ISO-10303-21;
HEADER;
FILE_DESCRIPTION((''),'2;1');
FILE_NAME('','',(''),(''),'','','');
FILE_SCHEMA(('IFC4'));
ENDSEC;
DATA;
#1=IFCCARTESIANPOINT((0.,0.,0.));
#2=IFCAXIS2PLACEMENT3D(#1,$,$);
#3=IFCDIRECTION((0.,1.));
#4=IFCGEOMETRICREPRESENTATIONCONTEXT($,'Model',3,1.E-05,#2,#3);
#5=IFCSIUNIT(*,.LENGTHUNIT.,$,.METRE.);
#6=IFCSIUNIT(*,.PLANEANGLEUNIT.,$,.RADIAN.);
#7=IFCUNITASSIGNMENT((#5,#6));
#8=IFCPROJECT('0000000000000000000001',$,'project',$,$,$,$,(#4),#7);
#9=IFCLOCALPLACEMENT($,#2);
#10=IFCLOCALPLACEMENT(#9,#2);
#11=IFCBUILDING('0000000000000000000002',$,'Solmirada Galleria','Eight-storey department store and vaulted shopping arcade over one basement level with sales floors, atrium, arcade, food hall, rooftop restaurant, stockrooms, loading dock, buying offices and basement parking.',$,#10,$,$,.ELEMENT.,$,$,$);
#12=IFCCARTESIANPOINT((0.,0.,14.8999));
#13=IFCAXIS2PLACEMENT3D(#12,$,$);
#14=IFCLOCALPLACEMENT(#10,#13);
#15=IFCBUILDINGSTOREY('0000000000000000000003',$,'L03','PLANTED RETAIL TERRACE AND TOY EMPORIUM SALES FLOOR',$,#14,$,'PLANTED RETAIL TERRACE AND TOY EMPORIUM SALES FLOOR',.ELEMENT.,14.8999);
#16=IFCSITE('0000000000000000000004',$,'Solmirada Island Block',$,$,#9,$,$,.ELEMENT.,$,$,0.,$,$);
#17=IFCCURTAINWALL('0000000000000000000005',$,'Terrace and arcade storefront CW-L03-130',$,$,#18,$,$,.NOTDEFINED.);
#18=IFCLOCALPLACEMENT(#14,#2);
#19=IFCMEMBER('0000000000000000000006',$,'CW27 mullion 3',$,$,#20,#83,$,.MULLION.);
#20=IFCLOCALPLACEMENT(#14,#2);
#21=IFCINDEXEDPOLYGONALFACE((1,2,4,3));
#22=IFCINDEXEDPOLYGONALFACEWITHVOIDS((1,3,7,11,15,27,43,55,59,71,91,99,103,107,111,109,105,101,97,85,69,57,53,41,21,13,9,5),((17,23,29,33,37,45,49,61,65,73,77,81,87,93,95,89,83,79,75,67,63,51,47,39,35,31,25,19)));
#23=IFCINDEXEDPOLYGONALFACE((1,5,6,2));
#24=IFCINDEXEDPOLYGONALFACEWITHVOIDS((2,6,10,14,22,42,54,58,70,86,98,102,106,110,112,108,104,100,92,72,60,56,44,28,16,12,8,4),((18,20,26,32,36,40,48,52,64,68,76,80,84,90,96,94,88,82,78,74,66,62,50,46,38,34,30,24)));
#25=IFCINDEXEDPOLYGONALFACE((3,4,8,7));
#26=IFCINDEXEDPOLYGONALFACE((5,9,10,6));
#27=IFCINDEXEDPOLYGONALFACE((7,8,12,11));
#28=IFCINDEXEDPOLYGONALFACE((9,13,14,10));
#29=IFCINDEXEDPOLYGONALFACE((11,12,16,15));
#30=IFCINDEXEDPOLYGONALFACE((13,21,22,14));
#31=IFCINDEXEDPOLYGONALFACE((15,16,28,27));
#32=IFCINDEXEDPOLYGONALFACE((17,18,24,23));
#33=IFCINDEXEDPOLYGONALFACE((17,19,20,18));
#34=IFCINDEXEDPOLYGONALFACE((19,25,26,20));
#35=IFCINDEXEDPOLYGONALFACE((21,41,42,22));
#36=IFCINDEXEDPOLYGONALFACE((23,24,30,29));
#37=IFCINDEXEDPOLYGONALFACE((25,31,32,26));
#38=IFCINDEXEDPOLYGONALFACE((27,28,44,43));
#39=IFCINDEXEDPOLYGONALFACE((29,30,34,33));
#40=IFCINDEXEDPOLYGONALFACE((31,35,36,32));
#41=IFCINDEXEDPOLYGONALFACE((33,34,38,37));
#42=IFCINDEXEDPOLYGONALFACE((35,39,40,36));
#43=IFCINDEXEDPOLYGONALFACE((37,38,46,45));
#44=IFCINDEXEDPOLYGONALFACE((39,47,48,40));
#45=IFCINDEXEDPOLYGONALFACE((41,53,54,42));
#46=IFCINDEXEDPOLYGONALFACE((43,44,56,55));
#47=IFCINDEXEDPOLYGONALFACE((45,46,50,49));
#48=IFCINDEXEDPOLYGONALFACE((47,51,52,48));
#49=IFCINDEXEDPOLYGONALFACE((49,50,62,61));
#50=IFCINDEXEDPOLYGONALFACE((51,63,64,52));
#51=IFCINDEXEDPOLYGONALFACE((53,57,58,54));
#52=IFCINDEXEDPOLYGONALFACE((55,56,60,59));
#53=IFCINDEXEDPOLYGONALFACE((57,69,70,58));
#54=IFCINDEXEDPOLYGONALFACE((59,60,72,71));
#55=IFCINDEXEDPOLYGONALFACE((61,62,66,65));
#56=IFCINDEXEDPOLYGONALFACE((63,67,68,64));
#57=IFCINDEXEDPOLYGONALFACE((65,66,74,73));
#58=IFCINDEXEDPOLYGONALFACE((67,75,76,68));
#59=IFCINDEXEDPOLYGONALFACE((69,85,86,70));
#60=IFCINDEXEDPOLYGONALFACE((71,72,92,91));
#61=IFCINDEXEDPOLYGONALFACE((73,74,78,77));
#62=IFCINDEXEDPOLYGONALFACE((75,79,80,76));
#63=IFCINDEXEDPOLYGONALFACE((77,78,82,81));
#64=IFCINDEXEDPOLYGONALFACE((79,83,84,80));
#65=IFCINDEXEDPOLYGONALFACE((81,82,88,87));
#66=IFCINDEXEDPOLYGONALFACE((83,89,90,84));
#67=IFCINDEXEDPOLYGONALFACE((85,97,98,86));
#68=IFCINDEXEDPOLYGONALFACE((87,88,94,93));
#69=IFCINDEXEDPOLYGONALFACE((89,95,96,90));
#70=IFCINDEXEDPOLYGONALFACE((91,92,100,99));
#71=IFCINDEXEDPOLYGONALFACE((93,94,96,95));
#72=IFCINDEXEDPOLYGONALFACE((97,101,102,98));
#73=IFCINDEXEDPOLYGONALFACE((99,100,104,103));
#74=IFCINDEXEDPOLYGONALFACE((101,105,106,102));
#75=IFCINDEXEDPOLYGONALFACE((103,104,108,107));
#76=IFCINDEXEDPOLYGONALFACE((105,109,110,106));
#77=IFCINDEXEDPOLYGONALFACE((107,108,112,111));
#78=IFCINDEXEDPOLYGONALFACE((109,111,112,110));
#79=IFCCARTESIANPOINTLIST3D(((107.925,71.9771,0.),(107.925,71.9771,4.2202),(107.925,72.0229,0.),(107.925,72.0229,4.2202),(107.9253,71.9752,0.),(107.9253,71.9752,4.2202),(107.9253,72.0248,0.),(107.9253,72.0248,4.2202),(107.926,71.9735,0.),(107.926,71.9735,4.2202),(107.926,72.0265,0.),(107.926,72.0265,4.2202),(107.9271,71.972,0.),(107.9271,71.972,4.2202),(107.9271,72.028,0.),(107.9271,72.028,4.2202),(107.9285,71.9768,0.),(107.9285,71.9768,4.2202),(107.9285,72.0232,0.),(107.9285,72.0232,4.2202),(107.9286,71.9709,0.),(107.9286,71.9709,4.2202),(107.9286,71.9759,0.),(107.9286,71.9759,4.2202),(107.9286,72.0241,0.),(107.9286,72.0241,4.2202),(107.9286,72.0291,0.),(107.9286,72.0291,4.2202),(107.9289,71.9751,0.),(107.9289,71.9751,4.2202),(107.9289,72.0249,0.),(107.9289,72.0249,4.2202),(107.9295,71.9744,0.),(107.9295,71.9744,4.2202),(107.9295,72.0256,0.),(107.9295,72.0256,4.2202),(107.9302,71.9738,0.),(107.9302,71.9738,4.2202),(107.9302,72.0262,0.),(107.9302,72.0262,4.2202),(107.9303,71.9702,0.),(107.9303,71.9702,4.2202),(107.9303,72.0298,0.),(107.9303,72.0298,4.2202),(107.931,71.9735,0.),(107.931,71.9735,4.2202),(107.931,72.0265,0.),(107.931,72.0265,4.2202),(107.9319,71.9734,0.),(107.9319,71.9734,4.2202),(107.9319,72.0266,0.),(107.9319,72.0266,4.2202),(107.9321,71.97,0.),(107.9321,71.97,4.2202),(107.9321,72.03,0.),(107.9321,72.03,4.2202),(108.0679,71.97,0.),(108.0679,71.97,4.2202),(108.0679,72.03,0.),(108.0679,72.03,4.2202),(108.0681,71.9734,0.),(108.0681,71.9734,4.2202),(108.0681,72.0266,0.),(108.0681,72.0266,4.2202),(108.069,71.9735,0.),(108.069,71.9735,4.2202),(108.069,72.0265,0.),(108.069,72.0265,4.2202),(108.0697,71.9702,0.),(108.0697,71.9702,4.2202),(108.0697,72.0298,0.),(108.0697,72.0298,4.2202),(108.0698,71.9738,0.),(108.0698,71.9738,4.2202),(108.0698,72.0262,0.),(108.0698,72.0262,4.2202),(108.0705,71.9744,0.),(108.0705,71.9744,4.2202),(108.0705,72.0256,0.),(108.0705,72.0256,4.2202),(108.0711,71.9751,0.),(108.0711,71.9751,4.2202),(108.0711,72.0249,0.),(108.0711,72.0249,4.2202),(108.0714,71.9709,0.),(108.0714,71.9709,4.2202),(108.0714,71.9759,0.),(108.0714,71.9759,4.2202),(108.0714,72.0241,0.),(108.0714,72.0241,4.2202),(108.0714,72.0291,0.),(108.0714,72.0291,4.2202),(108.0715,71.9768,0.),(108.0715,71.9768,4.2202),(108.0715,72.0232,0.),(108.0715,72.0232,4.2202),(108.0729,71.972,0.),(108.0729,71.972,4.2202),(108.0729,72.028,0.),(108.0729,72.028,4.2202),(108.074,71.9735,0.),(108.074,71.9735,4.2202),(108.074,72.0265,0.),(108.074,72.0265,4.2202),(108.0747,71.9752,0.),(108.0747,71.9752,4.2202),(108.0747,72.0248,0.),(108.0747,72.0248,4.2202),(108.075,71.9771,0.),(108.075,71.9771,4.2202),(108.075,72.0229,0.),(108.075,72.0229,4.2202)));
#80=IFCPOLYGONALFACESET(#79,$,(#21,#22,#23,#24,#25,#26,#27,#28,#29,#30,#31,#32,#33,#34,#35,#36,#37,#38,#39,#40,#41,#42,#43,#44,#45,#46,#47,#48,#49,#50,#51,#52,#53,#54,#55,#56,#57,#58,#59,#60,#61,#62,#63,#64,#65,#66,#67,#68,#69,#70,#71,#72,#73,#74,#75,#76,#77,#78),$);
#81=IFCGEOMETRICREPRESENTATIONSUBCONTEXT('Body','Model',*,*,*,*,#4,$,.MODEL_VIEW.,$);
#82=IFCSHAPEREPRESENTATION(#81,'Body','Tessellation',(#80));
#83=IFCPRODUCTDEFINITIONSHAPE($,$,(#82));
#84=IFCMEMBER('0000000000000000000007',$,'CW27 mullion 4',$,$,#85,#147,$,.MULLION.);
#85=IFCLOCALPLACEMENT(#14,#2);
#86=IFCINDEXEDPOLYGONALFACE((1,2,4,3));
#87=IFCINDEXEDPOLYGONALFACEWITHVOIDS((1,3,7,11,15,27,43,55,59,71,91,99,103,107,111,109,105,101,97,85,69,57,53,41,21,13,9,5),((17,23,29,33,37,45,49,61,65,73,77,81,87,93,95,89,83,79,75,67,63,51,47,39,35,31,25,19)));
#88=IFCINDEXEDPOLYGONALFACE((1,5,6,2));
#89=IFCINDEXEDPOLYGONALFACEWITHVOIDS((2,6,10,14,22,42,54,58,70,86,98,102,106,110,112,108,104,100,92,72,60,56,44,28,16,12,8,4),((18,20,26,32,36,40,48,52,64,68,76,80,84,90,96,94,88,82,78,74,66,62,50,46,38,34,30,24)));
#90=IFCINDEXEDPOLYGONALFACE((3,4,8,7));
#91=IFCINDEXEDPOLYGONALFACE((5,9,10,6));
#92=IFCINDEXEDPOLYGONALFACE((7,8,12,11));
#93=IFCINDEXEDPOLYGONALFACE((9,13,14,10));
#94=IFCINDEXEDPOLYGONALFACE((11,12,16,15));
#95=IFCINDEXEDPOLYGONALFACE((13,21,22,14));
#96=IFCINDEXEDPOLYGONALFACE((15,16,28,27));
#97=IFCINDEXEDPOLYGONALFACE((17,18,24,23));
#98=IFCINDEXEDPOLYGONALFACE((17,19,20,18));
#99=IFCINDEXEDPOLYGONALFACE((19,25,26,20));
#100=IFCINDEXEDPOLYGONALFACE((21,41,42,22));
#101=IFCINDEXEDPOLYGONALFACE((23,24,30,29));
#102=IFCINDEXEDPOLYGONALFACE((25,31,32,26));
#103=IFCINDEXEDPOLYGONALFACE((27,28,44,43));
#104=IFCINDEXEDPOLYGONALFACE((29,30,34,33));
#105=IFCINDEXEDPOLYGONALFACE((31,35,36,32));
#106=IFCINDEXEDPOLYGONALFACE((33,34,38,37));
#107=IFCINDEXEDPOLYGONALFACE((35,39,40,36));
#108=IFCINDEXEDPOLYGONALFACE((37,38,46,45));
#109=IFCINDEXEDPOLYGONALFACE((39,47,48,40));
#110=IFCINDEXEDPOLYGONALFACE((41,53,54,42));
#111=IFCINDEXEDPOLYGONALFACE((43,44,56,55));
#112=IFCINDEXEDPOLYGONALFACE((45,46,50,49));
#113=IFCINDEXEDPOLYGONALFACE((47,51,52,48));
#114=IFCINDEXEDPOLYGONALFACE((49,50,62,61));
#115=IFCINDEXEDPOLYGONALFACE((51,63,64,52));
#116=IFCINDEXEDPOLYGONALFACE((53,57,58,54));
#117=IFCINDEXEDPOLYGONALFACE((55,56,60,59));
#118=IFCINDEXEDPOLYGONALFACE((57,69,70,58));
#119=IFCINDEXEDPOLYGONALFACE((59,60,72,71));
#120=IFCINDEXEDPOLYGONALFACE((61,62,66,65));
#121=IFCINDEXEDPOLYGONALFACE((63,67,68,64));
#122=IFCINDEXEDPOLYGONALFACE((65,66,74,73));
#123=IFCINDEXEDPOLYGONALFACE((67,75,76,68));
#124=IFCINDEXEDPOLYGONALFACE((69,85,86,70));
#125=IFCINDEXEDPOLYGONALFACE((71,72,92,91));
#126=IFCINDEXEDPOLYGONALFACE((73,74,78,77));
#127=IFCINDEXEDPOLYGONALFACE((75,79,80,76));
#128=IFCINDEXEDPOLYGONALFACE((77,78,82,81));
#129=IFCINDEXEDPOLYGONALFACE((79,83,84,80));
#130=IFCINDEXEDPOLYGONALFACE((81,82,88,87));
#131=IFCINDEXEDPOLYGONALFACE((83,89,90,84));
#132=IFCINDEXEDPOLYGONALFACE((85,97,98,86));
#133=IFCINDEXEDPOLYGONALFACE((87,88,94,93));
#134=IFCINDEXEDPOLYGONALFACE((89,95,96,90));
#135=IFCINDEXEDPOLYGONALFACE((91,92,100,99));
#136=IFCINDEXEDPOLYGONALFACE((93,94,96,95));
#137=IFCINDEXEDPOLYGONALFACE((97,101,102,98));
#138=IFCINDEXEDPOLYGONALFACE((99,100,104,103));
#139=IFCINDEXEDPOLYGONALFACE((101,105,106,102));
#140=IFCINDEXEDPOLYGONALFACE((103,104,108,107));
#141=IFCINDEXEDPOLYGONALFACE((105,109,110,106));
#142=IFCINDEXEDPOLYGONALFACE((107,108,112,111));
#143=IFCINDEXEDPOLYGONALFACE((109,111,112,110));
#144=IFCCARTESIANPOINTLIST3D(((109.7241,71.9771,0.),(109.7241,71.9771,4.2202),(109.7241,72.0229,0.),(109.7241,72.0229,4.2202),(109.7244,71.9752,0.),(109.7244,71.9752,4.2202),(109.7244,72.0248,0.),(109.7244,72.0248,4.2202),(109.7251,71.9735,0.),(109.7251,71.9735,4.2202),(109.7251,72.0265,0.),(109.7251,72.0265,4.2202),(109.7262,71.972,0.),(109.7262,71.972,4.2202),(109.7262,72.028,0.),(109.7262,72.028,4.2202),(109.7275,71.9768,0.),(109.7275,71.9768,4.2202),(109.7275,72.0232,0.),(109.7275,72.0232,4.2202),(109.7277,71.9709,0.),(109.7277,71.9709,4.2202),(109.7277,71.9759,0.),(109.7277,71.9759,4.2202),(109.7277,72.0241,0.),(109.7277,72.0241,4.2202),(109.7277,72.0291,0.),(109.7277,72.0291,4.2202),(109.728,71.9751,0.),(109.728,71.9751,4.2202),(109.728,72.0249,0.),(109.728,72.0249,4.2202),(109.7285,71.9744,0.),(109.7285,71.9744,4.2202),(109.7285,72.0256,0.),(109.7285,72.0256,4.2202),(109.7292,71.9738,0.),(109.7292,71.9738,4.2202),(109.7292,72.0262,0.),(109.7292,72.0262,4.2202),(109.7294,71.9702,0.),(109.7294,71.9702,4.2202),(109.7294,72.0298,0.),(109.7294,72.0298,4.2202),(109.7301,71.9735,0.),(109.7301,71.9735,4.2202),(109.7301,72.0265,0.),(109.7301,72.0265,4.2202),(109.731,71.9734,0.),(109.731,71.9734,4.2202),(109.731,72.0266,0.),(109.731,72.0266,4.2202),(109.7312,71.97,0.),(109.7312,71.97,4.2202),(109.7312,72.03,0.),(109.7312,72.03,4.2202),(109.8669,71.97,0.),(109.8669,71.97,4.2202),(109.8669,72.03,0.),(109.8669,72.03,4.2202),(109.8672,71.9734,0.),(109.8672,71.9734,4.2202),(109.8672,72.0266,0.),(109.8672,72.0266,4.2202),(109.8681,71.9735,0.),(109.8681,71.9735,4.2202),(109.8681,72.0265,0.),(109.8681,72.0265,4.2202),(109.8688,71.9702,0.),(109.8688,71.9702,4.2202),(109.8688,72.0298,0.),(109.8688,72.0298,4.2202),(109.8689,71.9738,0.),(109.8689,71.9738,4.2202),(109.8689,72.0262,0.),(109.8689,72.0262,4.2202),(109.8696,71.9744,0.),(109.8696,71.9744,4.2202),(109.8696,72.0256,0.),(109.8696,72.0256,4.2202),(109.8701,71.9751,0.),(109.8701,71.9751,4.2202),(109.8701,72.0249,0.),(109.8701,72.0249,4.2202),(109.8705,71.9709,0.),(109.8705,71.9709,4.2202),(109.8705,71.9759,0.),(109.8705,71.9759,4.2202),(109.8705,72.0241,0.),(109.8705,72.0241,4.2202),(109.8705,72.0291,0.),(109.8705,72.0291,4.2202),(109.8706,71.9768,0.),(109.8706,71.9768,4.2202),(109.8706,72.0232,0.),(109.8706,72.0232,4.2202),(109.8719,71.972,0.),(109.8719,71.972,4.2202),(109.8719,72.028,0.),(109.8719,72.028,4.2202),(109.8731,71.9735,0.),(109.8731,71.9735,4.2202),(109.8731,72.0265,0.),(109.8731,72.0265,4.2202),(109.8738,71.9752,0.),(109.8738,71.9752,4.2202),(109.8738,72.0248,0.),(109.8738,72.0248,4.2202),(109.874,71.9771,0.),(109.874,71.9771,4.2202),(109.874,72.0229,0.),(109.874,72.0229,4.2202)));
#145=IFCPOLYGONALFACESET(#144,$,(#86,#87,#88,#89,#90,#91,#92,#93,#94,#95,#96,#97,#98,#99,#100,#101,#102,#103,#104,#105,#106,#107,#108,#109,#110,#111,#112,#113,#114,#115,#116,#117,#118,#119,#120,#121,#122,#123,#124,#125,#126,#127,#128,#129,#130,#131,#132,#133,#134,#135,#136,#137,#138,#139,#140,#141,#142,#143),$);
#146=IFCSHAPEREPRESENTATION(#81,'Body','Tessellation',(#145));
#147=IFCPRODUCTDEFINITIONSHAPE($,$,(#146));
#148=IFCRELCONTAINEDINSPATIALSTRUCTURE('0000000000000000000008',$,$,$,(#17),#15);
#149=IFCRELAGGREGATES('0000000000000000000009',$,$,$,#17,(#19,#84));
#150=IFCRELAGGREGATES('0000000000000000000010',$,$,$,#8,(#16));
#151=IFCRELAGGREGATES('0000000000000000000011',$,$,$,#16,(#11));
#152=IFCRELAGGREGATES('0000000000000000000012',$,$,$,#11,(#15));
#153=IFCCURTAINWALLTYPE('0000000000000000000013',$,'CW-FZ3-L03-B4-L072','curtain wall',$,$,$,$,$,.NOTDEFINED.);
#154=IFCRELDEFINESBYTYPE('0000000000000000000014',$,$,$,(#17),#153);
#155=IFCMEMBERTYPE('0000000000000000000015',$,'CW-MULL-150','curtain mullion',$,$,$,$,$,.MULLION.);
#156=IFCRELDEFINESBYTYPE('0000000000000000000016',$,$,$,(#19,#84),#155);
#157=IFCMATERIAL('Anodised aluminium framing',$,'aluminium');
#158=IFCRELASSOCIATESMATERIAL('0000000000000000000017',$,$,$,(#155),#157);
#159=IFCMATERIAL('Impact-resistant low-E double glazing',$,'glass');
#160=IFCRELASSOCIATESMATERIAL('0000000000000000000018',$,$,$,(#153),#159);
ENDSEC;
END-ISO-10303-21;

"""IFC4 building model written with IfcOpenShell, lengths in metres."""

from ifc_helpers import new_model, si_unit, direction, frame, origin, origin_2d, place, context, subcontext, project, spatial, hollow_rectangle, extrude, material, material_profile, profile_set, type_object, element, aggregate, save


model = new_model("IFC4")

# Units and contexts
model_context = context("Model", 3, precision=1e-05, world=origin(), true_north=direction((0.0, 1.0)))
body_context = subcontext(model_context, "Body", "Model", "MODEL_VIEW")
ifc_project = project(units=[si_unit("LENGTHUNIT", "METRE"), si_unit("PLANEANGLEUNIT", "RADIAN")], contexts=[model_context])

# Site, building, storey
site_placement = place(None, origin())
site = spatial("IfcSite", under=ifc_project, at=site_placement, Name="Solmirada Island Block", CompositionType="ELEMENT", RefElevation=0.0)
building_placement = place(site_placement, origin())
building = spatial("IfcBuilding", under=site, at=building_placement, Name="Solmirada Galleria", Description="Eight-storey department store and vaulted shopping arcade over one basement level with sales floors, atrium, arcade, food hall, rooftop restaurant, stockrooms, loading dock, buying offices and basement parking.", CompositionType="ELEMENT")
storey_placement = place(building_placement, frame((0.0, 0.0, 14.8999)))
storey = spatial("IfcBuildingStorey", under=building, at=storey_placement, Name="L03", Description="PLANTED RETAIL TERRACE AND TOY EMPORIUM SALES FLOOR", LongName="PLANTED RETAIL TERRACE AND TOY EMPORIUM SALES FLOOR", CompositionType="ELEMENT", Elevation=14.8999)

# Shared definitions
ifc_material_1 = material(Name="Impact-resistant low-E double glazing", Category="glass")
ifc_material_2 = material(Name="Anodised aluminium framing", Category="aluminium")
ifc_material_profile_1 = material_profile(ifc_material_2, hollow_rectangle(XDim=0.0601, YDim=0.1499, WallThickness=0.0034, InnerFilletRadius=0.0034, OuterFilletRadius=0.0071, at=origin_2d()), Name="ALU-MULL-150X60")
ifc_profile_set_1 = profile_set([ifc_material_profile_1], Name="Anodised aluminium framing")
member_type_1 = type_object("IfcMemberType", Name="CW-MULL-150", Description="curtain mullion", PredefinedType="MULLION", material=ifc_profile_set_1)

# Curtain wall, members
curtain_wall_type_1 = type_object("IfcCurtainWallType", Name="CW-FZ3-L03-B4-L072", Description="curtain wall", PredefinedType="NOTDEFINED", material=ifc_material_1)
curtain_wall_1_placement = place(storey_placement, origin())
curtain_wall_1 = element("IfcCurtainWall", 1, at=curtain_wall_1_placement, inside=storey, type_object=curtain_wall_type_1, Name="Terrace and arcade storefront CW-L03-130", PredefinedType="NOTDEFINED")
member_1_placement = place(storey_placement, frame((108.0, 72.0, 0.0), z_axis=(0.0, 0.0, 1.0), x_axis=(0.0, 1.0, 0.0)))
member_1 = element("IfcMember", 2, at=member_1_placement, type_object=member_type_1, Name="CW27 mullion 3", PredefinedType="MULLION", context=body_context, shape_type="SweptSolid", body=[
    extrude(hollow_rectangle(XDim=0.0601, YDim=0.1499, WallThickness=0.0034, InnerFilletRadius=0.0034, OuterFilletRadius=0.0071, at=origin_2d()), origin(), (0.0, 0.0, 1.0), 4.2202),
])
member_2_placement = place(storey_placement, frame((109.7991, 72.0, 0.0), z_axis=(0.0, 0.0, 1.0), x_axis=(0.0, 1.0, 0.0)))
member_2 = element("IfcMember", 3, at=member_2_placement, type_object=member_type_1, Name="CW27 mullion 4", PredefinedType="MULLION", context=body_context, shape_type="SweptSolid", body=[
    extrude(hollow_rectangle(XDim=0.0601, YDim=0.1499, WallThickness=0.0034, InnerFilletRadius=0.0034, OuterFilletRadius=0.0071, at=origin_2d()), origin(), (0.0, 0.0, 1.0), 4.2202),
])

aggregate(curtain_wall_1, [member_1, member_2])

save(model, "model.ifc")
